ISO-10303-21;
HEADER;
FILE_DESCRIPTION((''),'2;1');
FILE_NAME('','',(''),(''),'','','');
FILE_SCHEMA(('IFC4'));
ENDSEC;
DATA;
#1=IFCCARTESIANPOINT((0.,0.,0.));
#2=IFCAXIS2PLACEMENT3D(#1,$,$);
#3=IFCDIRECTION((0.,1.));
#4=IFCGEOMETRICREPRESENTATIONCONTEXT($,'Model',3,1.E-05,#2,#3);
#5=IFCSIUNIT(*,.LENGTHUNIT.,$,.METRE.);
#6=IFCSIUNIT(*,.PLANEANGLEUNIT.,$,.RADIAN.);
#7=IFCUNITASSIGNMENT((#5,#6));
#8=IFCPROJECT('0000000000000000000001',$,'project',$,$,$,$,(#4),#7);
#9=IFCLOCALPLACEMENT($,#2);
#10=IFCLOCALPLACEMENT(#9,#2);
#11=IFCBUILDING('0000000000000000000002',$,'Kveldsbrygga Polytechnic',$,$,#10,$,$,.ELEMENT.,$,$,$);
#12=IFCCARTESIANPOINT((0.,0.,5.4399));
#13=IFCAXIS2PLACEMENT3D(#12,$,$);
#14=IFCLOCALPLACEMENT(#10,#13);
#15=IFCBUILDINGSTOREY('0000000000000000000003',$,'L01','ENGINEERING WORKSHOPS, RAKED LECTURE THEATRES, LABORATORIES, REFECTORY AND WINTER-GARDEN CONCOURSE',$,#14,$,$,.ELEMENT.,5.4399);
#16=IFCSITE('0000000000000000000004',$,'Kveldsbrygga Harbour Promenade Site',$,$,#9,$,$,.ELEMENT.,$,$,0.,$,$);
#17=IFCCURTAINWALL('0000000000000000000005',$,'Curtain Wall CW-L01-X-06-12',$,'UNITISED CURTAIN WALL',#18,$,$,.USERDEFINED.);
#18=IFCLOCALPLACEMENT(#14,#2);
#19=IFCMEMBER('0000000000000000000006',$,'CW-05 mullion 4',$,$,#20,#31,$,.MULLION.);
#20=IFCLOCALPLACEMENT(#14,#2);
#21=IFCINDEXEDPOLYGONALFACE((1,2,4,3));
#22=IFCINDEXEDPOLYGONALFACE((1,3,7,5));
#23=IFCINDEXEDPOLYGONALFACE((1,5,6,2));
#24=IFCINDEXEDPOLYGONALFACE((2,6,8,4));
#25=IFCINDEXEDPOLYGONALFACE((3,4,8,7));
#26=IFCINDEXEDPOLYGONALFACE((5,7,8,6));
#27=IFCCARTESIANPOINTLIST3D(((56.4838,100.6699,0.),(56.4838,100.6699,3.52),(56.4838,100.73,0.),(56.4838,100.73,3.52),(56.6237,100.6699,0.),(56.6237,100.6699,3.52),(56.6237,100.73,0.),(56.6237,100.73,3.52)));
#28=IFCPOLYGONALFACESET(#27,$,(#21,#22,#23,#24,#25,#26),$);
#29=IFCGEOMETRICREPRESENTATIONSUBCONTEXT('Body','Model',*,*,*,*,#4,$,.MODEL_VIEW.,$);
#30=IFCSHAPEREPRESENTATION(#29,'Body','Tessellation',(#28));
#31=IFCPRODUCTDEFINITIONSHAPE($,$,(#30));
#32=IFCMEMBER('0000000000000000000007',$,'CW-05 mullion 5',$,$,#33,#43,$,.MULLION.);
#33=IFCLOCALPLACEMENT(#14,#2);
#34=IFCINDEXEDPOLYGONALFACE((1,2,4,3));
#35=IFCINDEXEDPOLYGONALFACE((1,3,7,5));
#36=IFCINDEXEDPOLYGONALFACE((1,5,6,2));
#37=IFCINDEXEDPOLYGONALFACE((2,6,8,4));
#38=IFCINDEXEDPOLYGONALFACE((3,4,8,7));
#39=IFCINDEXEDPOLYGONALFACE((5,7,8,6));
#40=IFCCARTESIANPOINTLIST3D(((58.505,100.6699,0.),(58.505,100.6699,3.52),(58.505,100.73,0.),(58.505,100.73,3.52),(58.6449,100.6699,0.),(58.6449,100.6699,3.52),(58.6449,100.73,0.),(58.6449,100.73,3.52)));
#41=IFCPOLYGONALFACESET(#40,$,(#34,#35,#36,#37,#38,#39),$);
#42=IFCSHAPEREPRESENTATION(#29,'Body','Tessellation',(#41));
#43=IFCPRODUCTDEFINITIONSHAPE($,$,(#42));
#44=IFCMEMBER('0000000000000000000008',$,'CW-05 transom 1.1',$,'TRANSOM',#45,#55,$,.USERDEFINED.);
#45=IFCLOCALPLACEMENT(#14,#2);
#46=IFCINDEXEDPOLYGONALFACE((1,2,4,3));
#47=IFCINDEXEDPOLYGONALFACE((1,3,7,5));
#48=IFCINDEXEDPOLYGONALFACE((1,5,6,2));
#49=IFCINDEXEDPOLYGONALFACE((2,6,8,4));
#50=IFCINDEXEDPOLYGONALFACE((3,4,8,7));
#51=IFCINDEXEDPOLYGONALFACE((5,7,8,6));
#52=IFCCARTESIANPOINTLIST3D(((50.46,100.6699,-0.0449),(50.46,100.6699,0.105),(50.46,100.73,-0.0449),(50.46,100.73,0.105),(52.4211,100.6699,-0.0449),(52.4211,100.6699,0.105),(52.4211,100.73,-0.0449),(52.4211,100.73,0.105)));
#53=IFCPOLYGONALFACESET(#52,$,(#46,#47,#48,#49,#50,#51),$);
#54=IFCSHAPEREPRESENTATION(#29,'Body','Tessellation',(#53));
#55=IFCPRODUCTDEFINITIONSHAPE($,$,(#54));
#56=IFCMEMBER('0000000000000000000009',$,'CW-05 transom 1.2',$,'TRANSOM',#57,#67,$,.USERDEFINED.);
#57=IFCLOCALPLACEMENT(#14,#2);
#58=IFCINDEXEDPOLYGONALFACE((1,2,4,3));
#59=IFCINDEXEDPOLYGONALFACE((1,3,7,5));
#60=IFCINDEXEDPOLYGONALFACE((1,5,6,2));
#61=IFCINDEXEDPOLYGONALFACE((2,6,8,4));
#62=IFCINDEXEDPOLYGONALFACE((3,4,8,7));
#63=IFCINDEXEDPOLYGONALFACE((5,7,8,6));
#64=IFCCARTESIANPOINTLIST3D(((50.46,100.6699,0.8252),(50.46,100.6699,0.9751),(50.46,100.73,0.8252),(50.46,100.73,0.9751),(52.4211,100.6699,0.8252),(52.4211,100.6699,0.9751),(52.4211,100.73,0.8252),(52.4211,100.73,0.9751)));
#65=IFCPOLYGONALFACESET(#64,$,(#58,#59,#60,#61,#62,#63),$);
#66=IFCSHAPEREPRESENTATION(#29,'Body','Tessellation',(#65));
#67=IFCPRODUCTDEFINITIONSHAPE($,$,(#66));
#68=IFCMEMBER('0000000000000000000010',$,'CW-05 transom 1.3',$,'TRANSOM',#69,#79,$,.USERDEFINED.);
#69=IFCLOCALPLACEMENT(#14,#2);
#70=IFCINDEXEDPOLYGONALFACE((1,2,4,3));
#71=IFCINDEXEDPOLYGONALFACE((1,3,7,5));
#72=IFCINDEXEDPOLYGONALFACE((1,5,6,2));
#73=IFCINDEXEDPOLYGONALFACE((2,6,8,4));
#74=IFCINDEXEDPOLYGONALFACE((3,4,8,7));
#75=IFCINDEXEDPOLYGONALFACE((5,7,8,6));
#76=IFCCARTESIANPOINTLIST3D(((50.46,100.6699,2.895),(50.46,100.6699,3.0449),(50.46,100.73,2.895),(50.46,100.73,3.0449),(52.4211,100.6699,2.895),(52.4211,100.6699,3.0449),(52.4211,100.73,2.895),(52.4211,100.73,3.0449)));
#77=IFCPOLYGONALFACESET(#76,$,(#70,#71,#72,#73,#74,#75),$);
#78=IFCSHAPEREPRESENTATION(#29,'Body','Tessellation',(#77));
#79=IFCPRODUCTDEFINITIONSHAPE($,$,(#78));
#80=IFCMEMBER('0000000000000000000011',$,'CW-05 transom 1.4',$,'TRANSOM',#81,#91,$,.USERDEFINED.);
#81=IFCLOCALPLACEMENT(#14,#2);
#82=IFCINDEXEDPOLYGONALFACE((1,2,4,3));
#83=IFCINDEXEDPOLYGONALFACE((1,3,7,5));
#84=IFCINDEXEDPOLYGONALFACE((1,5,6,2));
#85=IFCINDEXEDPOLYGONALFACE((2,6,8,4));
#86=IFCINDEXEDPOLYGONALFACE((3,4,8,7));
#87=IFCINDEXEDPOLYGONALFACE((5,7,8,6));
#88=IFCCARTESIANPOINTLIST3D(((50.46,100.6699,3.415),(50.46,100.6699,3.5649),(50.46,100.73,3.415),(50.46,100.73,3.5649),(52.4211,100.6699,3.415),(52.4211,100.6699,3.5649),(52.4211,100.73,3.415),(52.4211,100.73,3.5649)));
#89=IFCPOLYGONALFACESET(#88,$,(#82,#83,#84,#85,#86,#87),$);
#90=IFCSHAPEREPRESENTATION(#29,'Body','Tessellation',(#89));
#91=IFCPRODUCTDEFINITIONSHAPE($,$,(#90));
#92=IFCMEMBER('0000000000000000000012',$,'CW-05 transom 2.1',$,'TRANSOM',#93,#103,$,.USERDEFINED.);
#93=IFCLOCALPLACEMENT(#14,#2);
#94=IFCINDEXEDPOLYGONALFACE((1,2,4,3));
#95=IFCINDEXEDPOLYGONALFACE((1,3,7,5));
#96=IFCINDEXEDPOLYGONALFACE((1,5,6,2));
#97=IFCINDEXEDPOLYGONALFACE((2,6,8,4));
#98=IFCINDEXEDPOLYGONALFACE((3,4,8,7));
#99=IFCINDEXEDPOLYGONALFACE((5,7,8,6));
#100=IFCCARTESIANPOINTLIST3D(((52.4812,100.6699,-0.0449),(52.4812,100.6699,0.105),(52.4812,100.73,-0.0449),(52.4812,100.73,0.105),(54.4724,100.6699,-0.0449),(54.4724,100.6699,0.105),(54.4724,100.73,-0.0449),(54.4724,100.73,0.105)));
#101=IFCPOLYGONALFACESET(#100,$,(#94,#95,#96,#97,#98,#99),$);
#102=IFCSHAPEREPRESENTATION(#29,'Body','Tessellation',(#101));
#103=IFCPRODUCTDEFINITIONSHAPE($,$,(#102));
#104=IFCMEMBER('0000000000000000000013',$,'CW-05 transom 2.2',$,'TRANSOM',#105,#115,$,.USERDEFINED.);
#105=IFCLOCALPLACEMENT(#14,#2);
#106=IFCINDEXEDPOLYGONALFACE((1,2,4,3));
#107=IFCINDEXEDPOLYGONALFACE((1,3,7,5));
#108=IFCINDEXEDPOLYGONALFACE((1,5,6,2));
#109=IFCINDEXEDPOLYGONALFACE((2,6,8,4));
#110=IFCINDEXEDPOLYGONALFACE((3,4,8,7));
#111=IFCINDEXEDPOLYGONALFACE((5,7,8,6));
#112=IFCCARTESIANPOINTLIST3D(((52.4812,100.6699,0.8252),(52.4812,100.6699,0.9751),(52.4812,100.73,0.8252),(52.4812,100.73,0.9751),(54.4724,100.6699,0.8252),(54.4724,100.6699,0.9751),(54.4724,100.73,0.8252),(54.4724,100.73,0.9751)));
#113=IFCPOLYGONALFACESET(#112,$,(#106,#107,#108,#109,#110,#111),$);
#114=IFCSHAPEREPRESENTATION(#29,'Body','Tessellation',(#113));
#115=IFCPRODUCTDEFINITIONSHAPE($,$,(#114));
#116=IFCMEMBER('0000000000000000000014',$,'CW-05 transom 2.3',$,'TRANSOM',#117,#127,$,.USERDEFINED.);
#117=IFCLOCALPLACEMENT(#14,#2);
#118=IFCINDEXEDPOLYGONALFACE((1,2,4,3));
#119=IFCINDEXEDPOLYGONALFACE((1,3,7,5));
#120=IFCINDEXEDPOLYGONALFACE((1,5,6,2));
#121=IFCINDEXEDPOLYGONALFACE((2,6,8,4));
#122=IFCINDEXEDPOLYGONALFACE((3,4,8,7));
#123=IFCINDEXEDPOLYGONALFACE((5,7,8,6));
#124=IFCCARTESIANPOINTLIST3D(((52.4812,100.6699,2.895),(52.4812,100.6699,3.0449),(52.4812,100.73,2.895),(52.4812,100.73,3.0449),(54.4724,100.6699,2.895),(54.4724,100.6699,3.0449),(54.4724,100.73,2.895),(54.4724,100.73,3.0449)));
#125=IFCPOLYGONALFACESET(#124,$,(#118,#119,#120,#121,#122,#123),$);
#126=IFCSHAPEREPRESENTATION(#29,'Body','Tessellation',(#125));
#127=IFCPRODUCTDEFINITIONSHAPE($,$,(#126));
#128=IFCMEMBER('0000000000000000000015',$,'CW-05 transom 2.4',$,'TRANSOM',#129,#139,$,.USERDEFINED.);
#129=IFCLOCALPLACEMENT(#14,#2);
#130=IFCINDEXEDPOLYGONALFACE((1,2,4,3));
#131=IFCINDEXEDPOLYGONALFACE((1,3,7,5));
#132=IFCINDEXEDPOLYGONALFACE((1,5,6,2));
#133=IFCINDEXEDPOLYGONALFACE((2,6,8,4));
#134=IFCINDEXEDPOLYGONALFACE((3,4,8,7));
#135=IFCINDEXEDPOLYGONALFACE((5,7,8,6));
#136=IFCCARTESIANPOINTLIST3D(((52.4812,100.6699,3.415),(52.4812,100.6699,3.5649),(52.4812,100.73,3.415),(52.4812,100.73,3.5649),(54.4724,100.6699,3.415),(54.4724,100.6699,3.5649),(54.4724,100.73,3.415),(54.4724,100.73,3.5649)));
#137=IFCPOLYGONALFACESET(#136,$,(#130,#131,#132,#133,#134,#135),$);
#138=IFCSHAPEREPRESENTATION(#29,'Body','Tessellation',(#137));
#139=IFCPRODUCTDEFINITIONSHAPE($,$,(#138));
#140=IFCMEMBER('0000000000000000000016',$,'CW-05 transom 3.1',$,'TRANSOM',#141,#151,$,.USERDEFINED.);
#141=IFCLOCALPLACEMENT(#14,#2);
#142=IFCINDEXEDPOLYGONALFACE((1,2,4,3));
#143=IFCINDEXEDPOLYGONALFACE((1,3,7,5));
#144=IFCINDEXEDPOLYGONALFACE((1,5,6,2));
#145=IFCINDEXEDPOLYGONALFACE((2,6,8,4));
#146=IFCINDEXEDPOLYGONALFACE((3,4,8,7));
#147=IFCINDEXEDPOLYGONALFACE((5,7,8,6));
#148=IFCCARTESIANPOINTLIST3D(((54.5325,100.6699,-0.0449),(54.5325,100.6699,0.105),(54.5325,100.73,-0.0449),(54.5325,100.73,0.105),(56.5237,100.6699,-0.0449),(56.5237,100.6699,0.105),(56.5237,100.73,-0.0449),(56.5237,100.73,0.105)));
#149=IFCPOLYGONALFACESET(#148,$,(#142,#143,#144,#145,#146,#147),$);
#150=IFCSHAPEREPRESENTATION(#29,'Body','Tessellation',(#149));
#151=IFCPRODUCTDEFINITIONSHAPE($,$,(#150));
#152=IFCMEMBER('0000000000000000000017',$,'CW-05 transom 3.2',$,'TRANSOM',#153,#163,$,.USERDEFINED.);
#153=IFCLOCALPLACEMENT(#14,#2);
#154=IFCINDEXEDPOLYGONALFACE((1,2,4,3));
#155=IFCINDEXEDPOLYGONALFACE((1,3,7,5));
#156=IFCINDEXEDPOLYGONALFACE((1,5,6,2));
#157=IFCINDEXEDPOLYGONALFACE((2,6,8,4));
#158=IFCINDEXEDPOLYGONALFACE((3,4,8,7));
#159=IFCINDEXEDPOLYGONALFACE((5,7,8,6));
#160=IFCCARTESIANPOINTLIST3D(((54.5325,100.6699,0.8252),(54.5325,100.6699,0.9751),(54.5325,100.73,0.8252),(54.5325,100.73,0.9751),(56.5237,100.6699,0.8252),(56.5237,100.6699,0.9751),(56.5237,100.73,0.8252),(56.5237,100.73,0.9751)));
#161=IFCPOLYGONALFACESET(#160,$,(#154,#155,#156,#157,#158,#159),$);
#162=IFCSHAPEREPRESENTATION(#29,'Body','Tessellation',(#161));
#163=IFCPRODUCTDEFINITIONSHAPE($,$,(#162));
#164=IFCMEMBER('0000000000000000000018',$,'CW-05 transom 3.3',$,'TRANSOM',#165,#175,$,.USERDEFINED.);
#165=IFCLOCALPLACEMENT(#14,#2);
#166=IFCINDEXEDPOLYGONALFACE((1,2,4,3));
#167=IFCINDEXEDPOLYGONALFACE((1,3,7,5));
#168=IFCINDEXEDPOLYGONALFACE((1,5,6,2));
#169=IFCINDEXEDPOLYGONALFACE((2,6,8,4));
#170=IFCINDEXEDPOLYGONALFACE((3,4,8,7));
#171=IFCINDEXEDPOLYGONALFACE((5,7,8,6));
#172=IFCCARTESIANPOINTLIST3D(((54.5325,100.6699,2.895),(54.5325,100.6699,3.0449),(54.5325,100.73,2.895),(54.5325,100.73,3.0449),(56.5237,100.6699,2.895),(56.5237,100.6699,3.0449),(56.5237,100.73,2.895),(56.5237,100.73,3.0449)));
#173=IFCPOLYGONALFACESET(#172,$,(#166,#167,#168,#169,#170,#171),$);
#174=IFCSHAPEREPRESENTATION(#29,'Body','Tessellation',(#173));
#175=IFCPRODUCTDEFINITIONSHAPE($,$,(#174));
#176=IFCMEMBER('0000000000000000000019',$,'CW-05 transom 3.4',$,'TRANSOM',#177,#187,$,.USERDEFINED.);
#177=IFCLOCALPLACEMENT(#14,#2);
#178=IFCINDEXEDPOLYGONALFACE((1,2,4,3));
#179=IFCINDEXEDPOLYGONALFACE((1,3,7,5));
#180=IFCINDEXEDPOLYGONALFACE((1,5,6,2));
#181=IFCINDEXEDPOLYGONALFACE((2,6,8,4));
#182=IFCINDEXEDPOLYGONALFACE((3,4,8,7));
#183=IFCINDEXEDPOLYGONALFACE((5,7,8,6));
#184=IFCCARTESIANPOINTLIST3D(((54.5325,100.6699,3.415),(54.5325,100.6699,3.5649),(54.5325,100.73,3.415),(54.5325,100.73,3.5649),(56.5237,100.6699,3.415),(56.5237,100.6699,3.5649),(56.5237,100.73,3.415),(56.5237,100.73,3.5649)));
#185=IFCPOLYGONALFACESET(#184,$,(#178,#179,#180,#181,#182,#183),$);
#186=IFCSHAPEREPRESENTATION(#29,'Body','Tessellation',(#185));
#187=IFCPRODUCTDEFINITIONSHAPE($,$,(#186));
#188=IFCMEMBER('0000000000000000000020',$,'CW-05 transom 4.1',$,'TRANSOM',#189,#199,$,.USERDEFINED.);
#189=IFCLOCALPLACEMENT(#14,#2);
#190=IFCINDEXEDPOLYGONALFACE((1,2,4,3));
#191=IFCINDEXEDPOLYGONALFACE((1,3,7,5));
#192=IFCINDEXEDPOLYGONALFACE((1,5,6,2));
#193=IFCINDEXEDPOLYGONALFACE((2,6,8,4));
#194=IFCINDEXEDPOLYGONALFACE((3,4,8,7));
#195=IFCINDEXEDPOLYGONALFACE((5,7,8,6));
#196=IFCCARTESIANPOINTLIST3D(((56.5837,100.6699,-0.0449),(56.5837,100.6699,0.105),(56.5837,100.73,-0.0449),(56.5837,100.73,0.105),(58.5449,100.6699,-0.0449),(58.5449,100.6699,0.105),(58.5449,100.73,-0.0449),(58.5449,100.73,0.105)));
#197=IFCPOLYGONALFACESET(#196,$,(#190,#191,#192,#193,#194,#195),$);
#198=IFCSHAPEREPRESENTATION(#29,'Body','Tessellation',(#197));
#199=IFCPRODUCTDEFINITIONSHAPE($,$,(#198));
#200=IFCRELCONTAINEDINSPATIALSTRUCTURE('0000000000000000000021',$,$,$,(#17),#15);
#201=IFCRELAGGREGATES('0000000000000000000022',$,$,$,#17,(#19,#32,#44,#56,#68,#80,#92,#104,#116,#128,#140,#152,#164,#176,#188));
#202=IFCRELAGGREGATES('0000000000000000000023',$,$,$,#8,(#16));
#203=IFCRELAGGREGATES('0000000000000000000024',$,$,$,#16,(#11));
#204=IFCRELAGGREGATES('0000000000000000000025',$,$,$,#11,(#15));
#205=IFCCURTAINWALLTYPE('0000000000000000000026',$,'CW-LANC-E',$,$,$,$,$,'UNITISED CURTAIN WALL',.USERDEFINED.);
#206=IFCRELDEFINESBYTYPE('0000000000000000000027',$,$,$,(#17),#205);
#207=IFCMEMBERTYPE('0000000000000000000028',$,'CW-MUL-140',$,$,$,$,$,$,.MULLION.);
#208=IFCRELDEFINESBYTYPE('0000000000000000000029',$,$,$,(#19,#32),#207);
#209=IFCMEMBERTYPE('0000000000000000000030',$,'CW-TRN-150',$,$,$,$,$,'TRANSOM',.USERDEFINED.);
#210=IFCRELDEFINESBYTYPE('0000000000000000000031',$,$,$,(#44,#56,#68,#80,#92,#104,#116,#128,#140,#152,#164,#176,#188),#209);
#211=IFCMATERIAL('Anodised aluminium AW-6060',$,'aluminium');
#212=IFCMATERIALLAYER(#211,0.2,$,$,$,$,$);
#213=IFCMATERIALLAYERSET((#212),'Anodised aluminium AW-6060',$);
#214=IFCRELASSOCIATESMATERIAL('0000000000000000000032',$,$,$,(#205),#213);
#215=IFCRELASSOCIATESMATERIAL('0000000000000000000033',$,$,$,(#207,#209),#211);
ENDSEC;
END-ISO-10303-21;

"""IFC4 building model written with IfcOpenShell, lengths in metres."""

from ifc_helpers import new_model, si_unit, direction, frame, origin, origin_2d, place, context, subcontext, project, spatial, rectangle, extrude, material, layer, layer_set, material_profile, profile_set, type_object, element, aggregate, save


model = new_model("IFC4")

# Units and contexts
model_context = context("Model", 3, precision=1e-05, world=origin(), true_north=direction((0.0, 1.0)))
body_context = subcontext(model_context, "Body", "Model", "MODEL_VIEW")
ifc_project = project(units=[si_unit("LENGTHUNIT", "METRE"), si_unit("PLANEANGLEUNIT", "RADIAN")], contexts=[model_context])

# Site, building, storey
site_placement = place(None, origin())
site = spatial("IfcSite", under=ifc_project, at=site_placement, Name="Kveldsbrygga Harbour Promenade Site", CompositionType="ELEMENT", RefElevation=0.0)
building_placement = place(site_placement, origin())
building = spatial("IfcBuilding", under=site, at=building_placement, Name="Kveldsbrygga Polytechnic", CompositionType="ELEMENT")
storey_placement = place(building_placement, frame((0.0, 0.0, 5.4399)))
storey = spatial("IfcBuildingStorey", under=building, at=storey_placement, Name="L01", Description="ENGINEERING WORKSHOPS, RAKED LECTURE THEATRES, LABORATORIES, REFECTORY AND WINTER-GARDEN CONCOURSE", CompositionType="ELEMENT", Elevation=5.4399)

# Curtain wall, members
ifc_material_1 = material(Name="Anodised aluminium AW-6060", Category="aluminium")
ifc_layer_1 = layer(ifc_material_1, 0.2)
ifc_layer_set_1 = layer_set([ifc_layer_1], Name="Anodised aluminium AW-6060")
curtain_wall_type = type_object("IfcCurtainWallType", Name="CW-LANC-E", ElementType="UNITISED CURTAIN WALL", PredefinedType="USERDEFINED", material=ifc_layer_set_1)
curtain_wall_placement = place(storey_placement, origin())
curtain_wall = element("IfcCurtainWall", 1, at=curtain_wall_placement, inside=storey, type_object=curtain_wall_type, Name="Curtain Wall CW-L01-X-06-12", ObjectType="UNITISED CURTAIN WALL", PredefinedType="USERDEFINED")
ifc_material_profile_1 = material_profile(ifc_material_1, rectangle(XDim=0.0601, YDim=0.1399, at=origin_2d()), Name="ALU 60x140")
ifc_profile_set_1 = profile_set([ifc_material_profile_1], Name="Anodised aluminium AW-6060")
member_type_1 = type_object("IfcMemberType", Name="CW-MUL-140", PredefinedType="MULLION", material=ifc_profile_set_1)
member_1_placement = place(storey_placement, frame((56.5537, 100.7, 0.0), z_axis=(0.0, 0.0, 1.0), x_axis=(0.0, 1.0, 0.0)))
member_1 = element("IfcMember", 2, at=member_1_placement, type_object=member_type_1, Name="CW-05 mullion 4", PredefinedType="MULLION", context=body_context, shape_type="SweptSolid", body=[
    extrude(rectangle(XDim=0.0601, YDim=0.1399, at=origin_2d()), origin(), (0.0, 0.0, 1.0), 3.52),
])
member_2_placement = place(storey_placement, frame((58.575, 100.7, 0.0), z_axis=(0.0, 0.0, 1.0), x_axis=(0.0, 1.0, 0.0)))
member_2 = element("IfcMember", 3, at=member_2_placement, type_object=member_type_1, Name="CW-05 mullion 5", PredefinedType="MULLION", context=body_context, shape_type="SweptSolid", body=[
    extrude(rectangle(XDim=0.0601, YDim=0.1399, at=origin_2d()), origin(), (0.0, 0.0, 1.0), 3.52),
])
ifc_material_profile_2 = material_profile(ifc_material_1, rectangle(XDim=0.0601, YDim=0.1499, at=origin_2d()), Name="ALU 60x150")
ifc_profile_set_2 = profile_set([ifc_material_profile_2], Name="Anodised aluminium AW-6060")
member_type_2 = type_object("IfcMemberType", Name="CW-TRN-150", ElementType="TRANSOM", PredefinedType="USERDEFINED", material=ifc_profile_set_2)
member_3_placement = place(storey_placement, frame((50.46, 100.7, 0.03), z_axis=(1.0, 0.0, 0.0), x_axis=(0.0, 1.0, 0.0)))
member_3 = element("IfcMember", 4, at=member_3_placement, type_object=member_type_2, Name="CW-05 transom 1.1", ObjectType="TRANSOM", PredefinedType="USERDEFINED", context=body_context, shape_type="SweptSolid", body=[
    extrude(rectangle(XDim=0.0601, YDim=0.1499, at=origin_2d()), origin(), (0.0, 0.0, 1.0), 1.9612),
])
member_4_placement = place(storey_placement, frame((50.46, 100.7, 0.9001), z_axis=(1.0, 0.0, 0.0), x_axis=(0.0, 1.0, 0.0)))
member_4 = element("IfcMember", 5, at=member_4_placement, type_object=member_type_2, Name="CW-05 transom 1.2", ObjectType="TRANSOM", PredefinedType="USERDEFINED", context=body_context, shape_type="SweptSolid", body=[
    extrude(rectangle(XDim=0.0601, YDim=0.1499, at=origin_2d()), origin(), (0.0, 0.0, 1.0), 1.9612),
])
member_5_placement = place(storey_placement, frame((50.46, 100.7, 2.97), z_axis=(1.0, 0.0, 0.0), x_axis=(0.0, 1.0, 0.0)))
member_5 = element("IfcMember", 6, at=member_5_placement, type_object=member_type_2, Name="CW-05 transom 1.3", ObjectType="TRANSOM", PredefinedType="USERDEFINED", context=body_context, shape_type="SweptSolid", body=[
    extrude(rectangle(XDim=0.0601, YDim=0.1499, at=origin_2d()), origin(), (0.0, 0.0, 1.0), 1.9612),
])
member_6_placement = place(storey_placement, frame((50.46, 100.7, 3.49), z_axis=(1.0, 0.0, 0.0), x_axis=(0.0, 1.0, 0.0)))
member_6 = element("IfcMember", 7, at=member_6_placement, type_object=member_type_2, Name="CW-05 transom 1.4", ObjectType="TRANSOM", PredefinedType="USERDEFINED", context=body_context, shape_type="SweptSolid", body=[
    extrude(rectangle(XDim=0.0601, YDim=0.1499, at=origin_2d()), origin(), (0.0, 0.0, 1.0), 1.9612),
])
member_7_placement = place(storey_placement, frame((52.4812, 100.7, 0.03), z_axis=(1.0, 0.0, 0.0), x_axis=(0.0, 1.0, 0.0)))
member_7 = element("IfcMember", 8, at=member_7_placement, type_object=member_type_2, Name="CW-05 transom 2.1", ObjectType="TRANSOM", PredefinedType="USERDEFINED", context=body_context, shape_type="SweptSolid", body=[
    extrude(rectangle(XDim=0.0601, YDim=0.1499, at=origin_2d()), origin(), (0.0, 0.0, 1.0), 1.9912),
])
member_8_placement = place(storey_placement, frame((52.4812, 100.7, 0.9001), z_axis=(1.0, 0.0, 0.0), x_axis=(0.0, 1.0, 0.0)))
member_8 = element("IfcMember", 9, at=member_8_placement, type_object=member_type_2, Name="CW-05 transom 2.2", ObjectType="TRANSOM", PredefinedType="USERDEFINED", context=body_context, shape_type="SweptSolid", body=[
    extrude(rectangle(XDim=0.0601, YDim=0.1499, at=origin_2d()), origin(), (0.0, 0.0, 1.0), 1.9912),
])
member_9_placement = place(storey_placement, frame((52.4812, 100.7, 2.97), z_axis=(1.0, 0.0, 0.0), x_axis=(0.0, 1.0, 0.0)))
member_9 = element("IfcMember", 10, at=member_9_placement, type_object=member_type_2, Name="CW-05 transom 2.3", ObjectType="TRANSOM", PredefinedType="USERDEFINED", context=body_context, shape_type="SweptSolid", body=[
    extrude(rectangle(XDim=0.0601, YDim=0.1499, at=origin_2d()), origin(), (0.0, 0.0, 1.0), 1.9912),
])
member_10_placement = place(storey_placement, frame((52.4812, 100.7, 3.49), z_axis=(1.0, 0.0, 0.0), x_axis=(0.0, 1.0, 0.0)))
member_10 = element("IfcMember", 11, at=member_10_placement, type_object=member_type_2, Name="CW-05 transom 2.4", ObjectType="TRANSOM", PredefinedType="USERDEFINED", context=body_context, shape_type="SweptSolid", body=[
    extrude(rectangle(XDim=0.0601, YDim=0.1499, at=origin_2d()), origin(), (0.0, 0.0, 1.0), 1.9912),
])
member_11_placement = place(storey_placement, frame((54.5325, 100.7, 0.03), z_axis=(1.0, 0.0, 0.0), x_axis=(0.0, 1.0, 0.0)))
member_11 = element("IfcMember", 12, at=member_11_placement, type_object=member_type_2, Name="CW-05 transom 3.1", ObjectType="TRANSOM", PredefinedType="USERDEFINED", context=body_context, shape_type="SweptSolid", body=[
    extrude(rectangle(XDim=0.0601, YDim=0.1499, at=origin_2d()), origin(), (0.0, 0.0, 1.0), 1.9912),
])
member_12_placement = place(storey_placement, frame((54.5325, 100.7, 0.9001), z_axis=(1.0, 0.0, 0.0), x_axis=(0.0, 1.0, 0.0)))
member_12 = element("IfcMember", 13, at=member_12_placement, type_object=member_type_2, Name="CW-05 transom 3.2", ObjectType="TRANSOM", PredefinedType="USERDEFINED", context=body_context, shape_type="SweptSolid", body=[
    extrude(rectangle(XDim=0.0601, YDim=0.1499, at=origin_2d()), origin(), (0.0, 0.0, 1.0), 1.9912),
])
member_13_placement = place(storey_placement, frame((54.5325, 100.7, 2.97), z_axis=(1.0, 0.0, 0.0), x_axis=(0.0, 1.0, 0.0)))
member_13 = element("IfcMember", 14, at=member_13_placement, type_object=member_type_2, Name="CW-05 transom 3.3", ObjectType="TRANSOM", PredefinedType="USERDEFINED", context=body_context, shape_type="SweptSolid", body=[
    extrude(rectangle(XDim=0.0601, YDim=0.1499, at=origin_2d()), origin(), (0.0, 0.0, 1.0), 1.9912),
])
member_14_placement = place(storey_placement, frame((54.5325, 100.7, 3.49), z_axis=(1.0, 0.0, 0.0), x_axis=(0.0, 1.0, 0.0)))
member_14 = element("IfcMember", 15, at=member_14_placement, type_object=member_type_2, Name="CW-05 transom 3.4", ObjectType="TRANSOM", PredefinedType="USERDEFINED", context=body_context, shape_type="SweptSolid", body=[
    extrude(rectangle(XDim=0.0601, YDim=0.1499, at=origin_2d()), origin(), (0.0, 0.0, 1.0), 1.9912),
])
member_15_placement = place(storey_placement, frame((56.5837, 100.7, 0.03), z_axis=(1.0, 0.0, 0.0), x_axis=(0.0, 1.0, 0.0)))
member_15 = element("IfcMember", 16, at=member_15_placement, type_object=member_type_2, Name="CW-05 transom 4.1", ObjectType="TRANSOM", PredefinedType="USERDEFINED", context=body_context, shape_type="SweptSolid", body=[
    extrude(rectangle(XDim=0.0601, YDim=0.1499, at=origin_2d()), origin(), (0.0, 0.0, 1.0), 1.9612),
])
aggregate(curtain_wall, [member_1, member_2, member_3, member_4, member_5, member_6, member_7, member_8, member_9, member_10, member_11, member_12, member_13, member_14, member_15])

save(model, "model.ifc")
